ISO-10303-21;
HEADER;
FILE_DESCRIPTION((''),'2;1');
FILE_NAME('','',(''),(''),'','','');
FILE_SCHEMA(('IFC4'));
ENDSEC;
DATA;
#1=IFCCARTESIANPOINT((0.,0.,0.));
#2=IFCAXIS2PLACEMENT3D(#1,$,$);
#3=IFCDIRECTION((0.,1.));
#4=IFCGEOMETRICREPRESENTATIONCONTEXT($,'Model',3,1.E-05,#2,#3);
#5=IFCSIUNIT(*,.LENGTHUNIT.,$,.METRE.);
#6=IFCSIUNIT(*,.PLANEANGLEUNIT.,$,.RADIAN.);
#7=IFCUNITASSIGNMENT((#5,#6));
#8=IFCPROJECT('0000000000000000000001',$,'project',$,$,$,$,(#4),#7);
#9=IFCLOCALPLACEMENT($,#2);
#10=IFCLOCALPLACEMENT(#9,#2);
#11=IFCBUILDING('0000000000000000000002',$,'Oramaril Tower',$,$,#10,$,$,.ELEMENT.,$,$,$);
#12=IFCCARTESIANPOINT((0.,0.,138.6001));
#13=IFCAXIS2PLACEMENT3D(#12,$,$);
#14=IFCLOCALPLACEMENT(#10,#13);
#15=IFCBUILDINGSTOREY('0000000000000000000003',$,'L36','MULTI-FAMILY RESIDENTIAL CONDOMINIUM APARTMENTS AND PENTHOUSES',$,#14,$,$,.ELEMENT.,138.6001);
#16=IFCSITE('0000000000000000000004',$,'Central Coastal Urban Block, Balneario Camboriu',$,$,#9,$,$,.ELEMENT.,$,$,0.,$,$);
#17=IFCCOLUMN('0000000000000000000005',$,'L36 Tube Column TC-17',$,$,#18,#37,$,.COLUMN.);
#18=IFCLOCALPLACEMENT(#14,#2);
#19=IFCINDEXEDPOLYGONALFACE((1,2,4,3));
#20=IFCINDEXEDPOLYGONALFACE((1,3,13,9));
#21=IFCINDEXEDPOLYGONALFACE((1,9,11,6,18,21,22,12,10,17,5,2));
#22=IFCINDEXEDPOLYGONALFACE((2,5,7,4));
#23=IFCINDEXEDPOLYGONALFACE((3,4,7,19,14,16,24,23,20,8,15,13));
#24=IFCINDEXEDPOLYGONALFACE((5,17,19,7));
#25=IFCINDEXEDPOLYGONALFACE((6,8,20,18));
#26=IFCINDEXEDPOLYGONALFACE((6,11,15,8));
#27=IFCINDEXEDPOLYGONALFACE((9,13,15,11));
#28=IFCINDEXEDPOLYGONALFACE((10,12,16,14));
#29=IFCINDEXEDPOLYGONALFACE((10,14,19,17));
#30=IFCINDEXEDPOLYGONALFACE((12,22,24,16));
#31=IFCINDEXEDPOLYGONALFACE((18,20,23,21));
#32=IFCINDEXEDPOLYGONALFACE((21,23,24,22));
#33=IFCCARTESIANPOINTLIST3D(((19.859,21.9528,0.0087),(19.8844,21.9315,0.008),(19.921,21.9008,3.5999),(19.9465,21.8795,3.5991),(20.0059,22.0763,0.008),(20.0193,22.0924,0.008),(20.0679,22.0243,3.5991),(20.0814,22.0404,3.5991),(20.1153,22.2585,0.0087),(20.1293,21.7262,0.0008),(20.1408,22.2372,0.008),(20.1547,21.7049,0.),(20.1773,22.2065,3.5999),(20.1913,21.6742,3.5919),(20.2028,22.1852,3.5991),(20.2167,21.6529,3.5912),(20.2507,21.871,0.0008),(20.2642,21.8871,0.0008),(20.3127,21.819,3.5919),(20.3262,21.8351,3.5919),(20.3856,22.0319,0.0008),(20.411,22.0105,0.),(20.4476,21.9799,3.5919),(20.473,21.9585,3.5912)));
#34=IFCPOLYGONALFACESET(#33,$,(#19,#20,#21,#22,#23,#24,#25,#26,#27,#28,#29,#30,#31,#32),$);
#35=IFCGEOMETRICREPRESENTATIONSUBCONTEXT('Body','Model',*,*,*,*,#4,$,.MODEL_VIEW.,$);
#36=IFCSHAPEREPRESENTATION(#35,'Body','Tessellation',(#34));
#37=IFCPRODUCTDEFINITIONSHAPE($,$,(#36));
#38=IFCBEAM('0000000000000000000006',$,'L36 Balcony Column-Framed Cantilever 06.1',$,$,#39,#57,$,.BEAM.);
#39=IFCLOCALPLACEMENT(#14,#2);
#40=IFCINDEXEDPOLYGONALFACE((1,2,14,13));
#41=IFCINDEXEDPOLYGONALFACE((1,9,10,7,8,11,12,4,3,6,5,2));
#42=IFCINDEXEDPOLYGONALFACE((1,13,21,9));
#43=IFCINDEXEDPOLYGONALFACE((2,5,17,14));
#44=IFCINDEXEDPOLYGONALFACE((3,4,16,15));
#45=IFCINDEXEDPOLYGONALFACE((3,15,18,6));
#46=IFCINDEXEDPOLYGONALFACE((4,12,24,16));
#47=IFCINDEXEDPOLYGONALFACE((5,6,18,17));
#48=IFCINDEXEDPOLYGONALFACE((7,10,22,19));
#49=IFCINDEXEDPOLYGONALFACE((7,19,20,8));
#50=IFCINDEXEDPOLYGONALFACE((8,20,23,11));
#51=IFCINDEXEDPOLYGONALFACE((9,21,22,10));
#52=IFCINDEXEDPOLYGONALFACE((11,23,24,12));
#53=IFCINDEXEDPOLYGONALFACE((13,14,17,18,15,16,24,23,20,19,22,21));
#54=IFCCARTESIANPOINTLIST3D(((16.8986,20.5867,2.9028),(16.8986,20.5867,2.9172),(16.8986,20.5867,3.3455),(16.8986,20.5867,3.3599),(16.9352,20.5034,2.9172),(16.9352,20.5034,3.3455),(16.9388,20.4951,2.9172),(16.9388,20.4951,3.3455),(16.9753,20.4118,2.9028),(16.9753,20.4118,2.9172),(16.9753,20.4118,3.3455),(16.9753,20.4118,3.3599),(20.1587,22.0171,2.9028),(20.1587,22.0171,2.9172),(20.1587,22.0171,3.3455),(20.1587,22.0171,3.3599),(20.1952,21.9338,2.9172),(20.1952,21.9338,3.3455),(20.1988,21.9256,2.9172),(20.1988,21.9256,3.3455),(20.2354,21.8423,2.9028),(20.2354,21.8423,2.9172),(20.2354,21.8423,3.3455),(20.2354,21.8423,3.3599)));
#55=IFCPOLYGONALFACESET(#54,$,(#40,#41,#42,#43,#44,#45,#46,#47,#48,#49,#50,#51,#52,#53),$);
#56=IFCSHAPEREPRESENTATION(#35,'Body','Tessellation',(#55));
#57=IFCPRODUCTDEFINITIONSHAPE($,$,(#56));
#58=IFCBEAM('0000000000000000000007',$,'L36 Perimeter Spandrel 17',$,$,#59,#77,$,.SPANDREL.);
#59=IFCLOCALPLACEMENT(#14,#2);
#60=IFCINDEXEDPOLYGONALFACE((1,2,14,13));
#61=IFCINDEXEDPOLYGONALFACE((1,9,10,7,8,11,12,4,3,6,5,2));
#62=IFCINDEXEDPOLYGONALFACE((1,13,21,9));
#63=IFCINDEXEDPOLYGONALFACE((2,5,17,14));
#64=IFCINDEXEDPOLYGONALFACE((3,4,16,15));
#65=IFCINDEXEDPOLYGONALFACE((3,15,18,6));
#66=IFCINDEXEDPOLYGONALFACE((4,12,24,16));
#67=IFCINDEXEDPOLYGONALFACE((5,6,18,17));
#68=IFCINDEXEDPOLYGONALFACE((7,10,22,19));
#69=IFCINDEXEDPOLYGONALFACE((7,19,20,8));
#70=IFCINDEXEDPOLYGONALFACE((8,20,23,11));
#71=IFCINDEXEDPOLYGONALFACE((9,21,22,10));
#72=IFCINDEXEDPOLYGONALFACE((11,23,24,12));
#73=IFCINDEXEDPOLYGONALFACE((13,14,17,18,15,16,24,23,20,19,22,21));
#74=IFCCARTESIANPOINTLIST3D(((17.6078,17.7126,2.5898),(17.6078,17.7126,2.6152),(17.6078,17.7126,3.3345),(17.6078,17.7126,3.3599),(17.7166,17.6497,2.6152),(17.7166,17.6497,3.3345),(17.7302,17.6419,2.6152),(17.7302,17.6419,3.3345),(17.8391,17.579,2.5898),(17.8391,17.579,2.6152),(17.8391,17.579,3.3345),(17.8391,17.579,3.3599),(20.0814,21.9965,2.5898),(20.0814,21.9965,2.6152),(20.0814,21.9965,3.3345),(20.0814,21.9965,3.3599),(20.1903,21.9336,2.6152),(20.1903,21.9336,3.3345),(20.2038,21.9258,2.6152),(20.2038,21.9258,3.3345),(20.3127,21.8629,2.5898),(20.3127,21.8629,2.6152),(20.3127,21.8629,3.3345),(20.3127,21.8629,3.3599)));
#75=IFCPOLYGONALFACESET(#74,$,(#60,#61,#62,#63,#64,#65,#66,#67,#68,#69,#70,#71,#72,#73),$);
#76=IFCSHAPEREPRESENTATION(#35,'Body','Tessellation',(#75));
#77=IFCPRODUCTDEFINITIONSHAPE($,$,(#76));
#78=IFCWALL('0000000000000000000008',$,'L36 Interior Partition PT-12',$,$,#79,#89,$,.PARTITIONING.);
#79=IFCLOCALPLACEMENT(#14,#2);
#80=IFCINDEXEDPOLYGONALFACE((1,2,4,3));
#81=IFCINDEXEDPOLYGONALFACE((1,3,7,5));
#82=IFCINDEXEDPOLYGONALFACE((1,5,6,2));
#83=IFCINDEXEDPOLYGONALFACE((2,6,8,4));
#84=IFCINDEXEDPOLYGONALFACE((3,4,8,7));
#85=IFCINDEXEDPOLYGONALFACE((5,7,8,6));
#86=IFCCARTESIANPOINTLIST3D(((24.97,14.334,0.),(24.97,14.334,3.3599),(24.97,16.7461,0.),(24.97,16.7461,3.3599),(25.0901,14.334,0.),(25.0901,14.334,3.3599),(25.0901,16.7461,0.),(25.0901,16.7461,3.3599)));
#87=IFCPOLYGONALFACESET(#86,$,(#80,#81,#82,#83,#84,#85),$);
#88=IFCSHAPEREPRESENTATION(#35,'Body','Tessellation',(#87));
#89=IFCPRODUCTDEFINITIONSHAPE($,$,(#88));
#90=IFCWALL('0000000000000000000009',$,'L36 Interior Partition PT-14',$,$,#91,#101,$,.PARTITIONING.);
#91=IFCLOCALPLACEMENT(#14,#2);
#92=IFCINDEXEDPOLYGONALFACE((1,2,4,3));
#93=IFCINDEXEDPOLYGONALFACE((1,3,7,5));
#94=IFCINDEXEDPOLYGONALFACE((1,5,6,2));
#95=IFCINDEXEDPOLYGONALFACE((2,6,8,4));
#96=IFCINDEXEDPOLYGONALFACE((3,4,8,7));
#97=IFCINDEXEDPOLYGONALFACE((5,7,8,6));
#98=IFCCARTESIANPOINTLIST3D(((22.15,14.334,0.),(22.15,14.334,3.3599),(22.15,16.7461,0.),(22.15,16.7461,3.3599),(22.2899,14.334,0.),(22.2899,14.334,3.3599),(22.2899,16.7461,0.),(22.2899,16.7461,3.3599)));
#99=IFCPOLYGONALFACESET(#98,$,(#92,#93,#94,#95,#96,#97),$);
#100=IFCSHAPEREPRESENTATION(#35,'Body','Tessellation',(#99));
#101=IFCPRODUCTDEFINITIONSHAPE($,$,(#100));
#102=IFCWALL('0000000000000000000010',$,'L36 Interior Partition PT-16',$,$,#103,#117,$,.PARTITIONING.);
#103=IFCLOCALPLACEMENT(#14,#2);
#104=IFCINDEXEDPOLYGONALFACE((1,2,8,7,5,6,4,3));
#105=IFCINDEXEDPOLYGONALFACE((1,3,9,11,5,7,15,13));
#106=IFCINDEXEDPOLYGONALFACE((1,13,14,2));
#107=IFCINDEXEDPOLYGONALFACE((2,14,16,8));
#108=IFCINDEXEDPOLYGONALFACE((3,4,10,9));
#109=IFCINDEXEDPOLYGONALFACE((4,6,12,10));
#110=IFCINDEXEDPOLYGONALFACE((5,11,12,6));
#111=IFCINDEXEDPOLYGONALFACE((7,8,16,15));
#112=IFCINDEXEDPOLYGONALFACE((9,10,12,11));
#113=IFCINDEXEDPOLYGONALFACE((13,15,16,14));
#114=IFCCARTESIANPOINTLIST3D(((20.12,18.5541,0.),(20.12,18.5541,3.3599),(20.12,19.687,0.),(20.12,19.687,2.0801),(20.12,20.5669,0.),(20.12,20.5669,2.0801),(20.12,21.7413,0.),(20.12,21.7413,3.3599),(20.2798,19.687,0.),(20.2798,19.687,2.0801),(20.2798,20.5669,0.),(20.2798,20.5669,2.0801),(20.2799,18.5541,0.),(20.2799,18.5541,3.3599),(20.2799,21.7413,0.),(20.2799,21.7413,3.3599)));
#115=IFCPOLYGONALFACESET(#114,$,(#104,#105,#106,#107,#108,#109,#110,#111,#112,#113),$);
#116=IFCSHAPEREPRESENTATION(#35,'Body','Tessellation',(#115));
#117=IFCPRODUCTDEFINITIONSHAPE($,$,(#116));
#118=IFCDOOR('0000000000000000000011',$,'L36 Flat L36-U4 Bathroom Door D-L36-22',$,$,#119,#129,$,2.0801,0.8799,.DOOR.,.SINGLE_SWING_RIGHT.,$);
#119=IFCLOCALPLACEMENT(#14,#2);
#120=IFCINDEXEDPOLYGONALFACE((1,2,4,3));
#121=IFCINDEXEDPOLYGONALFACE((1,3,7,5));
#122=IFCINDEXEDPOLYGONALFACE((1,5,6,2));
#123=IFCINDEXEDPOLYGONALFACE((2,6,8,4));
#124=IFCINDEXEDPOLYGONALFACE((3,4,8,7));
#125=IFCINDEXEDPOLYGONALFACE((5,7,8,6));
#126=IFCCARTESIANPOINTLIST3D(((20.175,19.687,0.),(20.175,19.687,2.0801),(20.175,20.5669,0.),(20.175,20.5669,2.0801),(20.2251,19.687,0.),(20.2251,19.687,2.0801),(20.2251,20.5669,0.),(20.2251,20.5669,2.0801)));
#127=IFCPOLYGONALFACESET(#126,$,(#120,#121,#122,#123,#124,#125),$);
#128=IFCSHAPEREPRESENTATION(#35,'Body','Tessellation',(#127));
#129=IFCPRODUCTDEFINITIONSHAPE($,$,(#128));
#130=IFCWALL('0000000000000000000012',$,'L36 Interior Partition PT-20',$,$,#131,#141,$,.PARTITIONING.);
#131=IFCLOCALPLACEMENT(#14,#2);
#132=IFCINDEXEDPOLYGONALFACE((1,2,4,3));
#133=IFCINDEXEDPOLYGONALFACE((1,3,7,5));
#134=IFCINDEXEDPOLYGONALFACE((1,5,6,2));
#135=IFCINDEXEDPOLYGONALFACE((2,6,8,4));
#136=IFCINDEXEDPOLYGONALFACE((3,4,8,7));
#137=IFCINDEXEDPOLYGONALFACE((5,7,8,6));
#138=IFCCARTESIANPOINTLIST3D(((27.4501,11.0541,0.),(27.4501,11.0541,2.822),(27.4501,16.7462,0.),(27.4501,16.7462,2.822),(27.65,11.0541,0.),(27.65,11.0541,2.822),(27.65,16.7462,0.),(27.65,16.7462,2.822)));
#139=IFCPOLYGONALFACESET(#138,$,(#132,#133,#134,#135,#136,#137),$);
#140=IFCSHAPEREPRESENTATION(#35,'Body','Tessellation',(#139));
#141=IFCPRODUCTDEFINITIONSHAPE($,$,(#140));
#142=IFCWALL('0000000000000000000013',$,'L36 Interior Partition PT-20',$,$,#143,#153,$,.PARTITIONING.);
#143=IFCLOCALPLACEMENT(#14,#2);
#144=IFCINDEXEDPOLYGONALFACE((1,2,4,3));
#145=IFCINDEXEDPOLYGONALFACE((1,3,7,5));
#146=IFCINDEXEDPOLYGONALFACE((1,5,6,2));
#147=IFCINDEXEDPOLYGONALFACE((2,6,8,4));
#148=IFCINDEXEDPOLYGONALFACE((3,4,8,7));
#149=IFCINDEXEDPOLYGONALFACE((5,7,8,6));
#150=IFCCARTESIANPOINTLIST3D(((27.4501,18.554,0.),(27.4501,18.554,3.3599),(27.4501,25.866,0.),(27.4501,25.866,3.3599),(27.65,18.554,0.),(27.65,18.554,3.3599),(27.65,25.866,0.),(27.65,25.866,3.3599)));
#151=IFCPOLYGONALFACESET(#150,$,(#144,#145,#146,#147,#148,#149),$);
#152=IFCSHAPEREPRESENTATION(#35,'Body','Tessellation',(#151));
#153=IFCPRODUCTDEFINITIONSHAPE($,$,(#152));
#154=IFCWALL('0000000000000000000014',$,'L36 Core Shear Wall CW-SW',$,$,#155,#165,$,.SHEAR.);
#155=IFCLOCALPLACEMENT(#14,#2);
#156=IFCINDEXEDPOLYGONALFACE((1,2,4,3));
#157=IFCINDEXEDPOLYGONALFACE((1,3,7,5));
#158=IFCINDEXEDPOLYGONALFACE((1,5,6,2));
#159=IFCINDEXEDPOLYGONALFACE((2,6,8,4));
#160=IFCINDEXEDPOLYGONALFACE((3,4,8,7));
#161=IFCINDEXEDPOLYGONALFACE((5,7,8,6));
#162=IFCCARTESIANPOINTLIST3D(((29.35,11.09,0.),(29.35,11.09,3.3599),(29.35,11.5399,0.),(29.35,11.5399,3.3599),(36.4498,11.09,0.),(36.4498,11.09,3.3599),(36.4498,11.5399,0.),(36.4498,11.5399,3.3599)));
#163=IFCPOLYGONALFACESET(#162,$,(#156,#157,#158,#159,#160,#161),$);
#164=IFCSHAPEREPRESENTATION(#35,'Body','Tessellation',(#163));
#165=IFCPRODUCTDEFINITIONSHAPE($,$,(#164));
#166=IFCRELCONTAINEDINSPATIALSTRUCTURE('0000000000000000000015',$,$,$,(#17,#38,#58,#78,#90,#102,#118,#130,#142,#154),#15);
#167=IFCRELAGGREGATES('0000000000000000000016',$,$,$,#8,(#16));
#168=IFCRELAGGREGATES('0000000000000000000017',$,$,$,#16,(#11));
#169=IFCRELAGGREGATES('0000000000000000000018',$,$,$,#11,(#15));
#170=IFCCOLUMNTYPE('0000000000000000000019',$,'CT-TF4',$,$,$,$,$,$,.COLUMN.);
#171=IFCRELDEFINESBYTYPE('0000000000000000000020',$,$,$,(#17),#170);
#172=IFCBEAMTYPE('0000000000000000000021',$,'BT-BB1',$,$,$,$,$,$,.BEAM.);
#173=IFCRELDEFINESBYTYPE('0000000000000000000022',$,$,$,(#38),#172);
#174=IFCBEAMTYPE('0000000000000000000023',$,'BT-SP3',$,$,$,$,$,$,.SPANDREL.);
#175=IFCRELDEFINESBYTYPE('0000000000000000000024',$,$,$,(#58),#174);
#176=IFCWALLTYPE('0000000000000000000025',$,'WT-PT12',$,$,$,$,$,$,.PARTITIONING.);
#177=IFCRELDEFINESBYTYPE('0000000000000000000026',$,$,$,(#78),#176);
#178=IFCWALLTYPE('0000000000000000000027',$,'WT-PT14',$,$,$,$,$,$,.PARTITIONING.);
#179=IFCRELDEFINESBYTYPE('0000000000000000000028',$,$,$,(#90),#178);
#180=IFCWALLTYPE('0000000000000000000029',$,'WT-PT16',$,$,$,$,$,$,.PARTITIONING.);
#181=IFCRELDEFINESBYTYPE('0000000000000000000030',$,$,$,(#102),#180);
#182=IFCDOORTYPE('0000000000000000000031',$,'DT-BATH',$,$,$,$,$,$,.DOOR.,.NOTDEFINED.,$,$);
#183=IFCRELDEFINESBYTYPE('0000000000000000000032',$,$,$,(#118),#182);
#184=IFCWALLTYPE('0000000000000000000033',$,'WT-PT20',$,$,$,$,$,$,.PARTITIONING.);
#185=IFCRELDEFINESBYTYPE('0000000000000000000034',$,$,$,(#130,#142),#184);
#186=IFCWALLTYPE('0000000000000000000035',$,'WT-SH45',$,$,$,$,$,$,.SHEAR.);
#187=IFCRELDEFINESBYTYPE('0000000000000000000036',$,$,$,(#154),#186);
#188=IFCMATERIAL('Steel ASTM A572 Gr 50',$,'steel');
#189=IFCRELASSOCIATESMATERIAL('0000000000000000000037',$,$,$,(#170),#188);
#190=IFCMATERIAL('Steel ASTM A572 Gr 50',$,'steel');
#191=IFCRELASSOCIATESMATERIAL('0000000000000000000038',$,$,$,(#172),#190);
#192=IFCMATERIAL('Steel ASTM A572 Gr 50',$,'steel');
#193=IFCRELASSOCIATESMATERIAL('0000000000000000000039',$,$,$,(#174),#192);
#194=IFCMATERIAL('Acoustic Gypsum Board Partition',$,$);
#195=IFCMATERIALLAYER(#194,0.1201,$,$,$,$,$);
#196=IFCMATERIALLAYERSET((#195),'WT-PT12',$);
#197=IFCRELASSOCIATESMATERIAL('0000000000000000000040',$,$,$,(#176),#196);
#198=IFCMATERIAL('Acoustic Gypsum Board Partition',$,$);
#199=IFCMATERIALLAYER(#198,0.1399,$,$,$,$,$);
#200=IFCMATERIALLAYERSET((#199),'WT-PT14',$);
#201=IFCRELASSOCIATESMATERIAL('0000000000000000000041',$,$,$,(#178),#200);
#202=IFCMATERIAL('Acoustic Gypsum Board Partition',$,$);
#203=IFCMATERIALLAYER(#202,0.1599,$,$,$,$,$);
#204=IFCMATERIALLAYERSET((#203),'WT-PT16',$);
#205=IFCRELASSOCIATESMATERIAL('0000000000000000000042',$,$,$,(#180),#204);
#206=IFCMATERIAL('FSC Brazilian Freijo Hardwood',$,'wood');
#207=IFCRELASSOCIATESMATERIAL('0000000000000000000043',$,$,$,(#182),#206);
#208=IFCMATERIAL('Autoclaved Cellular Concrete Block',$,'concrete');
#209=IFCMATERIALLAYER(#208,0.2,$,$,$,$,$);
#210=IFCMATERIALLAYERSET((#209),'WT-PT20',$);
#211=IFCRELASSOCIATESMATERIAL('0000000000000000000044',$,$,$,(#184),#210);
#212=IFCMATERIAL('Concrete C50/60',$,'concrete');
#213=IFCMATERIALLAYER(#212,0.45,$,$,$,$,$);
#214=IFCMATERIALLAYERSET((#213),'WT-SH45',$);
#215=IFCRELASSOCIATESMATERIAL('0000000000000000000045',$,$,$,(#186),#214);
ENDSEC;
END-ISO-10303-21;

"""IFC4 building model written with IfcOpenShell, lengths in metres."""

from ifc_helpers import new_model, si_unit, direction, frame, frame_2d, origin, origin_2d, place, context, subcontext, project, spatial, rectangle, i_section, extrude, material, layer, layer_set, material_profile, profile_set, type_object, element, fill, save


model = new_model("IFC4")

# Units and contexts
model_context = context("Model", 3, precision=1e-05, world=origin(), true_north=direction((0.0, 1.0)))
body_context = subcontext(model_context, "Body", "Model", "MODEL_VIEW")
ifc_project = project(units=[si_unit("LENGTHUNIT", "METRE"), si_unit("PLANEANGLEUNIT", "RADIAN")], contexts=[model_context])

# Site, building, storey
site_placement = place(None, origin())
site = spatial("IfcSite", under=ifc_project, at=site_placement, Name="Central Coastal Urban Block, Balneario Camboriu", CompositionType="ELEMENT", RefElevation=0.0)
building_placement = place(site_placement, origin())
building = spatial("IfcBuilding", under=site, at=building_placement, Name="Oramaril Tower", CompositionType="ELEMENT")
storey_placement = place(building_placement, frame((0.0, 0.0, 138.6001)))
storey = spatial("IfcBuildingStorey", under=building, at=storey_placement, Name="L36", Description="MULTI-FAMILY RESIDENTIAL CONDOMINIUM APARTMENTS AND PENTHOUSES", CompositionType="ELEMENT", Elevation=138.6001)

# Column
ifc_material_1 = material(Name="Steel ASTM A572 Gr 50", Category="steel")
ifc_material_profile_1 = material_profile(ifc_material_1, i_section(OverallWidth=0.3989, OverallDepth=0.386, WebThickness=0.021, FlangeThickness=0.0332, at=origin_2d()), Name="W14X176")
ifc_profile_set_1 = profile_set([ifc_material_profile_1], Name="Steel ASTM A572 Gr 50")
column_type = type_object("IfcColumnType", Name="CT-TF4", PredefinedType="COLUMN", material=ifc_profile_set_1)
column_placement = place(storey_placement, frame((20.135, 21.9817, 0.0044), z_axis=(0.017264, -0.014477, 0.999746), x_axis=(0.642555, 0.766239, 0.0)))
element("IfcColumn", 1, at=column_placement, inside=storey, type_object=column_type, Name="L36 Tube Column TC-17", PredefinedType="COLUMN", context=body_context, shape_type="SweptSolid", body=[
    extrude(i_section(OverallWidth=0.3989, OverallDepth=0.386, WebThickness=0.021, FlangeThickness=0.0332, at=origin_2d()), origin(), (0.0, 0.0, 1.0), 3.592),
])

# Beams
ifc_material_2 = material(Name="Steel ASTM A572 Gr 50", Category="steel")
ifc_material_profile_2 = material_profile(ifc_material_2, i_section(OverallWidth=0.1909, OverallDepth=0.457, WebThickness=0.009, FlangeThickness=0.0144, at=origin_2d()), Name="W18X50")
ifc_profile_set_2 = profile_set([ifc_material_profile_2], Name="Steel ASTM A572 Gr 50")
beam_type_1 = type_object("IfcBeamType", Name="BT-BB1", PredefinedType="BEAM", material=ifc_profile_set_2)
beam_1_placement = place(storey_placement, frame((20.197, 21.9297, 3.1313), z_axis=(-0.915727, -0.401801, 0.0), x_axis=(0.401801, -0.915727, 0.0)))
element("IfcBeam", 2, at=beam_1_placement, inside=storey, type_object=beam_type_1, Name="L36 Balcony Column-Framed Cantilever 06.1", PredefinedType="BEAM", context=body_context, shape_type="SweptSolid", body=[
    extrude(i_section(OverallWidth=0.1909, OverallDepth=0.457, WebThickness=0.009, FlangeThickness=0.0144, at=origin_2d()), origin(), (0.0, 0.0, 1.0), 3.5601),
])
ifc_material_3 = material(Name="Steel ASTM A572 Gr 50", Category="steel")
ifc_material_profile_3 = material_profile(ifc_material_3, i_section(OverallWidth=0.2671, OverallDepth=0.77, WebThickness=0.0156, FlangeThickness=0.0254, at=origin_2d()), Name="W30X132")
ifc_profile_set_3 = profile_set([ifc_material_profile_3], Name="Steel ASTM A572 Gr 50")
beam_type_2 = type_object("IfcBeamType", Name="BT-SP3", PredefinedType="SPANDREL", material=ifc_profile_set_3)
beam_2_placement = place(storey_placement, frame((20.197, 21.9297, 2.9749), z_axis=(-0.500046, -0.865999, 0.0), x_axis=(0.865999, -0.500046, 0.0)))
element("IfcBeam", 3, at=beam_2_placement, inside=storey, type_object=beam_type_2, Name="L36 Perimeter Spandrel 17", PredefinedType="SPANDREL", context=body_context, shape_type="SweptSolid", body=[
    extrude(i_section(OverallWidth=0.2671, OverallDepth=0.77, WebThickness=0.0156, FlangeThickness=0.0254, at=origin_2d()), origin(), (0.0, 0.0, 1.0), 4.9468),
])

# Walls
ifc_material_4 = material(Name="Acoustic Gypsum Board Partition")
ifc_layer_1 = layer(ifc_material_4, 0.1201)
ifc_layer_set_1 = layer_set([ifc_layer_1], Name="WT-PT12")
wall_type_1 = type_object("IfcWallType", Name="WT-PT12", PredefinedType="PARTITIONING", material=ifc_layer_set_1)
wall_1_placement = place(storey_placement, frame((25.03, 14.334, 0.0), z_axis=(0.0, 0.0, 1.0), x_axis=(0.0, 1.0, 0.0)))
element("IfcWall", 4, at=wall_1_placement, inside=storey, type_object=wall_type_1, Name="L36 Interior Partition PT-12", PredefinedType="PARTITIONING", context=body_context, shape_type="SweptSolid", body=[
    extrude(rectangle(XDim=2.4121, YDim=0.1201, at=frame_2d((1.2061, 0.0))), origin(), (0.0, 0.0, 1.0), 3.3599),
])
ifc_material_5 = material(Name="Acoustic Gypsum Board Partition")
ifc_layer_2 = layer(ifc_material_5, 0.1399)
ifc_layer_set_2 = layer_set([ifc_layer_2], Name="WT-PT14")
wall_type_2 = type_object("IfcWallType", Name="WT-PT14", PredefinedType="PARTITIONING", material=ifc_layer_set_2)
wall_2_placement = place(storey_placement, frame((22.22, 14.334, 0.0), z_axis=(0.0, 0.0, 1.0), x_axis=(0.0, 1.0, 0.0)))
element("IfcWall", 5, at=wall_2_placement, inside=storey, type_object=wall_type_2, Name="L36 Interior Partition PT-14", PredefinedType="PARTITIONING", context=body_context, shape_type="SweptSolid", body=[
    extrude(rectangle(XDim=2.4121, YDim=0.1399, at=frame_2d((1.2061, 0.0))), origin(), (0.0, 0.0, 1.0), 3.3599),
])

# Wall, opening, door
ifc_material_6 = material(Name="Acoustic Gypsum Board Partition")
ifc_layer_3 = layer(ifc_material_6, 0.1599)
ifc_layer_set_3 = layer_set([ifc_layer_3], Name="WT-PT16")
wall_type_3 = type_object("IfcWallType", Name="WT-PT16", PredefinedType="PARTITIONING", material=ifc_layer_set_3)
wall_3_placement = place(storey_placement, frame((20.2, 18.554, 0.0), z_axis=(0.0, 0.0, 1.0), x_axis=(0.0, 1.0, 0.0)))
wall_3 = element("IfcWall", 6, at=wall_3_placement, inside=storey, type_object=wall_type_3, Name="L36 Interior Partition PT-16", PredefinedType="PARTITIONING", context=body_context, shape_type="SweptSolid", body=[
    extrude(rectangle(XDim=3.1873, YDim=0.1599, at=frame_2d((1.5938, 0.0))), origin(), (0.0, 0.0, 1.0), 3.3599),
])
opening_1_placement = place(wall_3_placement, frame((1.1331, 0.0, 0.0)))
opening_1 = element("IfcOpeningElement", 7, at=opening_1_placement, cuts=wall_3, PredefinedType="OPENING", context=body_context, shape_type="SweptSolid", body=[
    extrude(rectangle(XDim=0.8799, YDim=2.0801, at=frame_2d((0.4399, 1.04))), frame((0.0, 0.0801, 0.0), z_axis=(0.0, -1.0, 0.0), x_axis=(1.0, 0.0, 0.0)), (0.0, 0.0, 1.0), 0.1599),
])
ifc_material_7 = material(Name="FSC Brazilian Freijo Hardwood", Category="wood")
door_type_1 = type_object("IfcDoorType", Name="DT-BATH", OperationType="NOTDEFINED", PredefinedType="DOOR", material=ifc_material_7)
door_1_placement = place(opening_1_placement, origin())
door_1 = element("IfcDoor", 8, at=door_1_placement, inside=storey, type_object=door_type_1, Name="L36 Flat L36-U4 Bathroom Door D-L36-22", OperationType="SINGLE_SWING_RIGHT", OverallHeight=2.0801, OverallWidth=0.8799, PredefinedType="DOOR", context=body_context, shape_type="SweptSolid", body=[
    extrude(rectangle(XDim=0.8799, YDim=2.0801, at=frame_2d((0.4399, 1.04))), frame((0.0, 0.0249, 0.0), z_axis=(0.0, -1.0, 0.0), x_axis=(1.0, 0.0, 0.0)), (0.0, 0.0, 1.0), 0.05),
])
fill(opening_1, door_1)

# Walls
ifc_material_8 = material(Name="Autoclaved Cellular Concrete Block", Category="concrete")
ifc_layer_4 = layer(ifc_material_8, 0.2)
ifc_layer_set_4 = layer_set([ifc_layer_4], Name="WT-PT20")
wall_type_4 = type_object("IfcWallType", Name="WT-PT20", PredefinedType="PARTITIONING", material=ifc_layer_set_4)
wall_4_placement = place(storey_placement, frame((27.55, 11.054, 0.0), z_axis=(0.0, 0.0, 1.0), x_axis=(0.0, 1.0, 0.0)))
element("IfcWall", 9, at=wall_4_placement, inside=storey, type_object=wall_type_4, Name="L36 Interior Partition PT-20", PredefinedType="PARTITIONING", context=body_context, shape_type="SweptSolid", body=[
    extrude(rectangle(XDim=5.6921, YDim=0.2, at=frame_2d((2.8462, 0.0))), origin(), (0.0, 0.0, 1.0), 2.822),
])
wall_5_placement = place(storey_placement, frame((27.55, 18.554, 0.0), z_axis=(0.0, 0.0, 1.0), x_axis=(0.0, 1.0, 0.0)))
element("IfcWall", 10, at=wall_5_placement, inside=storey, type_object=wall_type_4, Name="L36 Interior Partition PT-20", PredefinedType="PARTITIONING", context=body_context, shape_type="SweptSolid", body=[
    extrude(rectangle(XDim=7.312, YDim=0.2, at=frame_2d((3.656, 0.0))), origin(), (0.0, 0.0, 1.0), 3.3599),
])

# Wall
ifc_material_9 = material(Name="Concrete C50/60", Category="concrete")
ifc_layer_5 = layer(ifc_material_9, 0.45)
ifc_layer_set_5 = layer_set([ifc_layer_5], Name="WT-SH45")
wall_type_5 = type_object("IfcWallType", Name="WT-SH45", PredefinedType="SHEAR", material=ifc_layer_set_5)
wall_6_placement = place(storey_placement, frame((29.3501, 11.3149, 0.0), z_axis=(0.0, 0.0, 1.0), x_axis=(1.0, 0.0, 0.0)))
element("IfcWall", 11, at=wall_6_placement, inside=storey, type_object=wall_type_5, Name="L36 Core Shear Wall CW-SW", PredefinedType="SHEAR", context=body_context, shape_type="SweptSolid", body=[
    extrude(rectangle(XDim=7.0999, YDim=0.45, at=frame_2d((3.5498, 0.0))), origin(), (0.0, 0.0, 1.0), 3.3599),
])

save(model, "model.ifc")
